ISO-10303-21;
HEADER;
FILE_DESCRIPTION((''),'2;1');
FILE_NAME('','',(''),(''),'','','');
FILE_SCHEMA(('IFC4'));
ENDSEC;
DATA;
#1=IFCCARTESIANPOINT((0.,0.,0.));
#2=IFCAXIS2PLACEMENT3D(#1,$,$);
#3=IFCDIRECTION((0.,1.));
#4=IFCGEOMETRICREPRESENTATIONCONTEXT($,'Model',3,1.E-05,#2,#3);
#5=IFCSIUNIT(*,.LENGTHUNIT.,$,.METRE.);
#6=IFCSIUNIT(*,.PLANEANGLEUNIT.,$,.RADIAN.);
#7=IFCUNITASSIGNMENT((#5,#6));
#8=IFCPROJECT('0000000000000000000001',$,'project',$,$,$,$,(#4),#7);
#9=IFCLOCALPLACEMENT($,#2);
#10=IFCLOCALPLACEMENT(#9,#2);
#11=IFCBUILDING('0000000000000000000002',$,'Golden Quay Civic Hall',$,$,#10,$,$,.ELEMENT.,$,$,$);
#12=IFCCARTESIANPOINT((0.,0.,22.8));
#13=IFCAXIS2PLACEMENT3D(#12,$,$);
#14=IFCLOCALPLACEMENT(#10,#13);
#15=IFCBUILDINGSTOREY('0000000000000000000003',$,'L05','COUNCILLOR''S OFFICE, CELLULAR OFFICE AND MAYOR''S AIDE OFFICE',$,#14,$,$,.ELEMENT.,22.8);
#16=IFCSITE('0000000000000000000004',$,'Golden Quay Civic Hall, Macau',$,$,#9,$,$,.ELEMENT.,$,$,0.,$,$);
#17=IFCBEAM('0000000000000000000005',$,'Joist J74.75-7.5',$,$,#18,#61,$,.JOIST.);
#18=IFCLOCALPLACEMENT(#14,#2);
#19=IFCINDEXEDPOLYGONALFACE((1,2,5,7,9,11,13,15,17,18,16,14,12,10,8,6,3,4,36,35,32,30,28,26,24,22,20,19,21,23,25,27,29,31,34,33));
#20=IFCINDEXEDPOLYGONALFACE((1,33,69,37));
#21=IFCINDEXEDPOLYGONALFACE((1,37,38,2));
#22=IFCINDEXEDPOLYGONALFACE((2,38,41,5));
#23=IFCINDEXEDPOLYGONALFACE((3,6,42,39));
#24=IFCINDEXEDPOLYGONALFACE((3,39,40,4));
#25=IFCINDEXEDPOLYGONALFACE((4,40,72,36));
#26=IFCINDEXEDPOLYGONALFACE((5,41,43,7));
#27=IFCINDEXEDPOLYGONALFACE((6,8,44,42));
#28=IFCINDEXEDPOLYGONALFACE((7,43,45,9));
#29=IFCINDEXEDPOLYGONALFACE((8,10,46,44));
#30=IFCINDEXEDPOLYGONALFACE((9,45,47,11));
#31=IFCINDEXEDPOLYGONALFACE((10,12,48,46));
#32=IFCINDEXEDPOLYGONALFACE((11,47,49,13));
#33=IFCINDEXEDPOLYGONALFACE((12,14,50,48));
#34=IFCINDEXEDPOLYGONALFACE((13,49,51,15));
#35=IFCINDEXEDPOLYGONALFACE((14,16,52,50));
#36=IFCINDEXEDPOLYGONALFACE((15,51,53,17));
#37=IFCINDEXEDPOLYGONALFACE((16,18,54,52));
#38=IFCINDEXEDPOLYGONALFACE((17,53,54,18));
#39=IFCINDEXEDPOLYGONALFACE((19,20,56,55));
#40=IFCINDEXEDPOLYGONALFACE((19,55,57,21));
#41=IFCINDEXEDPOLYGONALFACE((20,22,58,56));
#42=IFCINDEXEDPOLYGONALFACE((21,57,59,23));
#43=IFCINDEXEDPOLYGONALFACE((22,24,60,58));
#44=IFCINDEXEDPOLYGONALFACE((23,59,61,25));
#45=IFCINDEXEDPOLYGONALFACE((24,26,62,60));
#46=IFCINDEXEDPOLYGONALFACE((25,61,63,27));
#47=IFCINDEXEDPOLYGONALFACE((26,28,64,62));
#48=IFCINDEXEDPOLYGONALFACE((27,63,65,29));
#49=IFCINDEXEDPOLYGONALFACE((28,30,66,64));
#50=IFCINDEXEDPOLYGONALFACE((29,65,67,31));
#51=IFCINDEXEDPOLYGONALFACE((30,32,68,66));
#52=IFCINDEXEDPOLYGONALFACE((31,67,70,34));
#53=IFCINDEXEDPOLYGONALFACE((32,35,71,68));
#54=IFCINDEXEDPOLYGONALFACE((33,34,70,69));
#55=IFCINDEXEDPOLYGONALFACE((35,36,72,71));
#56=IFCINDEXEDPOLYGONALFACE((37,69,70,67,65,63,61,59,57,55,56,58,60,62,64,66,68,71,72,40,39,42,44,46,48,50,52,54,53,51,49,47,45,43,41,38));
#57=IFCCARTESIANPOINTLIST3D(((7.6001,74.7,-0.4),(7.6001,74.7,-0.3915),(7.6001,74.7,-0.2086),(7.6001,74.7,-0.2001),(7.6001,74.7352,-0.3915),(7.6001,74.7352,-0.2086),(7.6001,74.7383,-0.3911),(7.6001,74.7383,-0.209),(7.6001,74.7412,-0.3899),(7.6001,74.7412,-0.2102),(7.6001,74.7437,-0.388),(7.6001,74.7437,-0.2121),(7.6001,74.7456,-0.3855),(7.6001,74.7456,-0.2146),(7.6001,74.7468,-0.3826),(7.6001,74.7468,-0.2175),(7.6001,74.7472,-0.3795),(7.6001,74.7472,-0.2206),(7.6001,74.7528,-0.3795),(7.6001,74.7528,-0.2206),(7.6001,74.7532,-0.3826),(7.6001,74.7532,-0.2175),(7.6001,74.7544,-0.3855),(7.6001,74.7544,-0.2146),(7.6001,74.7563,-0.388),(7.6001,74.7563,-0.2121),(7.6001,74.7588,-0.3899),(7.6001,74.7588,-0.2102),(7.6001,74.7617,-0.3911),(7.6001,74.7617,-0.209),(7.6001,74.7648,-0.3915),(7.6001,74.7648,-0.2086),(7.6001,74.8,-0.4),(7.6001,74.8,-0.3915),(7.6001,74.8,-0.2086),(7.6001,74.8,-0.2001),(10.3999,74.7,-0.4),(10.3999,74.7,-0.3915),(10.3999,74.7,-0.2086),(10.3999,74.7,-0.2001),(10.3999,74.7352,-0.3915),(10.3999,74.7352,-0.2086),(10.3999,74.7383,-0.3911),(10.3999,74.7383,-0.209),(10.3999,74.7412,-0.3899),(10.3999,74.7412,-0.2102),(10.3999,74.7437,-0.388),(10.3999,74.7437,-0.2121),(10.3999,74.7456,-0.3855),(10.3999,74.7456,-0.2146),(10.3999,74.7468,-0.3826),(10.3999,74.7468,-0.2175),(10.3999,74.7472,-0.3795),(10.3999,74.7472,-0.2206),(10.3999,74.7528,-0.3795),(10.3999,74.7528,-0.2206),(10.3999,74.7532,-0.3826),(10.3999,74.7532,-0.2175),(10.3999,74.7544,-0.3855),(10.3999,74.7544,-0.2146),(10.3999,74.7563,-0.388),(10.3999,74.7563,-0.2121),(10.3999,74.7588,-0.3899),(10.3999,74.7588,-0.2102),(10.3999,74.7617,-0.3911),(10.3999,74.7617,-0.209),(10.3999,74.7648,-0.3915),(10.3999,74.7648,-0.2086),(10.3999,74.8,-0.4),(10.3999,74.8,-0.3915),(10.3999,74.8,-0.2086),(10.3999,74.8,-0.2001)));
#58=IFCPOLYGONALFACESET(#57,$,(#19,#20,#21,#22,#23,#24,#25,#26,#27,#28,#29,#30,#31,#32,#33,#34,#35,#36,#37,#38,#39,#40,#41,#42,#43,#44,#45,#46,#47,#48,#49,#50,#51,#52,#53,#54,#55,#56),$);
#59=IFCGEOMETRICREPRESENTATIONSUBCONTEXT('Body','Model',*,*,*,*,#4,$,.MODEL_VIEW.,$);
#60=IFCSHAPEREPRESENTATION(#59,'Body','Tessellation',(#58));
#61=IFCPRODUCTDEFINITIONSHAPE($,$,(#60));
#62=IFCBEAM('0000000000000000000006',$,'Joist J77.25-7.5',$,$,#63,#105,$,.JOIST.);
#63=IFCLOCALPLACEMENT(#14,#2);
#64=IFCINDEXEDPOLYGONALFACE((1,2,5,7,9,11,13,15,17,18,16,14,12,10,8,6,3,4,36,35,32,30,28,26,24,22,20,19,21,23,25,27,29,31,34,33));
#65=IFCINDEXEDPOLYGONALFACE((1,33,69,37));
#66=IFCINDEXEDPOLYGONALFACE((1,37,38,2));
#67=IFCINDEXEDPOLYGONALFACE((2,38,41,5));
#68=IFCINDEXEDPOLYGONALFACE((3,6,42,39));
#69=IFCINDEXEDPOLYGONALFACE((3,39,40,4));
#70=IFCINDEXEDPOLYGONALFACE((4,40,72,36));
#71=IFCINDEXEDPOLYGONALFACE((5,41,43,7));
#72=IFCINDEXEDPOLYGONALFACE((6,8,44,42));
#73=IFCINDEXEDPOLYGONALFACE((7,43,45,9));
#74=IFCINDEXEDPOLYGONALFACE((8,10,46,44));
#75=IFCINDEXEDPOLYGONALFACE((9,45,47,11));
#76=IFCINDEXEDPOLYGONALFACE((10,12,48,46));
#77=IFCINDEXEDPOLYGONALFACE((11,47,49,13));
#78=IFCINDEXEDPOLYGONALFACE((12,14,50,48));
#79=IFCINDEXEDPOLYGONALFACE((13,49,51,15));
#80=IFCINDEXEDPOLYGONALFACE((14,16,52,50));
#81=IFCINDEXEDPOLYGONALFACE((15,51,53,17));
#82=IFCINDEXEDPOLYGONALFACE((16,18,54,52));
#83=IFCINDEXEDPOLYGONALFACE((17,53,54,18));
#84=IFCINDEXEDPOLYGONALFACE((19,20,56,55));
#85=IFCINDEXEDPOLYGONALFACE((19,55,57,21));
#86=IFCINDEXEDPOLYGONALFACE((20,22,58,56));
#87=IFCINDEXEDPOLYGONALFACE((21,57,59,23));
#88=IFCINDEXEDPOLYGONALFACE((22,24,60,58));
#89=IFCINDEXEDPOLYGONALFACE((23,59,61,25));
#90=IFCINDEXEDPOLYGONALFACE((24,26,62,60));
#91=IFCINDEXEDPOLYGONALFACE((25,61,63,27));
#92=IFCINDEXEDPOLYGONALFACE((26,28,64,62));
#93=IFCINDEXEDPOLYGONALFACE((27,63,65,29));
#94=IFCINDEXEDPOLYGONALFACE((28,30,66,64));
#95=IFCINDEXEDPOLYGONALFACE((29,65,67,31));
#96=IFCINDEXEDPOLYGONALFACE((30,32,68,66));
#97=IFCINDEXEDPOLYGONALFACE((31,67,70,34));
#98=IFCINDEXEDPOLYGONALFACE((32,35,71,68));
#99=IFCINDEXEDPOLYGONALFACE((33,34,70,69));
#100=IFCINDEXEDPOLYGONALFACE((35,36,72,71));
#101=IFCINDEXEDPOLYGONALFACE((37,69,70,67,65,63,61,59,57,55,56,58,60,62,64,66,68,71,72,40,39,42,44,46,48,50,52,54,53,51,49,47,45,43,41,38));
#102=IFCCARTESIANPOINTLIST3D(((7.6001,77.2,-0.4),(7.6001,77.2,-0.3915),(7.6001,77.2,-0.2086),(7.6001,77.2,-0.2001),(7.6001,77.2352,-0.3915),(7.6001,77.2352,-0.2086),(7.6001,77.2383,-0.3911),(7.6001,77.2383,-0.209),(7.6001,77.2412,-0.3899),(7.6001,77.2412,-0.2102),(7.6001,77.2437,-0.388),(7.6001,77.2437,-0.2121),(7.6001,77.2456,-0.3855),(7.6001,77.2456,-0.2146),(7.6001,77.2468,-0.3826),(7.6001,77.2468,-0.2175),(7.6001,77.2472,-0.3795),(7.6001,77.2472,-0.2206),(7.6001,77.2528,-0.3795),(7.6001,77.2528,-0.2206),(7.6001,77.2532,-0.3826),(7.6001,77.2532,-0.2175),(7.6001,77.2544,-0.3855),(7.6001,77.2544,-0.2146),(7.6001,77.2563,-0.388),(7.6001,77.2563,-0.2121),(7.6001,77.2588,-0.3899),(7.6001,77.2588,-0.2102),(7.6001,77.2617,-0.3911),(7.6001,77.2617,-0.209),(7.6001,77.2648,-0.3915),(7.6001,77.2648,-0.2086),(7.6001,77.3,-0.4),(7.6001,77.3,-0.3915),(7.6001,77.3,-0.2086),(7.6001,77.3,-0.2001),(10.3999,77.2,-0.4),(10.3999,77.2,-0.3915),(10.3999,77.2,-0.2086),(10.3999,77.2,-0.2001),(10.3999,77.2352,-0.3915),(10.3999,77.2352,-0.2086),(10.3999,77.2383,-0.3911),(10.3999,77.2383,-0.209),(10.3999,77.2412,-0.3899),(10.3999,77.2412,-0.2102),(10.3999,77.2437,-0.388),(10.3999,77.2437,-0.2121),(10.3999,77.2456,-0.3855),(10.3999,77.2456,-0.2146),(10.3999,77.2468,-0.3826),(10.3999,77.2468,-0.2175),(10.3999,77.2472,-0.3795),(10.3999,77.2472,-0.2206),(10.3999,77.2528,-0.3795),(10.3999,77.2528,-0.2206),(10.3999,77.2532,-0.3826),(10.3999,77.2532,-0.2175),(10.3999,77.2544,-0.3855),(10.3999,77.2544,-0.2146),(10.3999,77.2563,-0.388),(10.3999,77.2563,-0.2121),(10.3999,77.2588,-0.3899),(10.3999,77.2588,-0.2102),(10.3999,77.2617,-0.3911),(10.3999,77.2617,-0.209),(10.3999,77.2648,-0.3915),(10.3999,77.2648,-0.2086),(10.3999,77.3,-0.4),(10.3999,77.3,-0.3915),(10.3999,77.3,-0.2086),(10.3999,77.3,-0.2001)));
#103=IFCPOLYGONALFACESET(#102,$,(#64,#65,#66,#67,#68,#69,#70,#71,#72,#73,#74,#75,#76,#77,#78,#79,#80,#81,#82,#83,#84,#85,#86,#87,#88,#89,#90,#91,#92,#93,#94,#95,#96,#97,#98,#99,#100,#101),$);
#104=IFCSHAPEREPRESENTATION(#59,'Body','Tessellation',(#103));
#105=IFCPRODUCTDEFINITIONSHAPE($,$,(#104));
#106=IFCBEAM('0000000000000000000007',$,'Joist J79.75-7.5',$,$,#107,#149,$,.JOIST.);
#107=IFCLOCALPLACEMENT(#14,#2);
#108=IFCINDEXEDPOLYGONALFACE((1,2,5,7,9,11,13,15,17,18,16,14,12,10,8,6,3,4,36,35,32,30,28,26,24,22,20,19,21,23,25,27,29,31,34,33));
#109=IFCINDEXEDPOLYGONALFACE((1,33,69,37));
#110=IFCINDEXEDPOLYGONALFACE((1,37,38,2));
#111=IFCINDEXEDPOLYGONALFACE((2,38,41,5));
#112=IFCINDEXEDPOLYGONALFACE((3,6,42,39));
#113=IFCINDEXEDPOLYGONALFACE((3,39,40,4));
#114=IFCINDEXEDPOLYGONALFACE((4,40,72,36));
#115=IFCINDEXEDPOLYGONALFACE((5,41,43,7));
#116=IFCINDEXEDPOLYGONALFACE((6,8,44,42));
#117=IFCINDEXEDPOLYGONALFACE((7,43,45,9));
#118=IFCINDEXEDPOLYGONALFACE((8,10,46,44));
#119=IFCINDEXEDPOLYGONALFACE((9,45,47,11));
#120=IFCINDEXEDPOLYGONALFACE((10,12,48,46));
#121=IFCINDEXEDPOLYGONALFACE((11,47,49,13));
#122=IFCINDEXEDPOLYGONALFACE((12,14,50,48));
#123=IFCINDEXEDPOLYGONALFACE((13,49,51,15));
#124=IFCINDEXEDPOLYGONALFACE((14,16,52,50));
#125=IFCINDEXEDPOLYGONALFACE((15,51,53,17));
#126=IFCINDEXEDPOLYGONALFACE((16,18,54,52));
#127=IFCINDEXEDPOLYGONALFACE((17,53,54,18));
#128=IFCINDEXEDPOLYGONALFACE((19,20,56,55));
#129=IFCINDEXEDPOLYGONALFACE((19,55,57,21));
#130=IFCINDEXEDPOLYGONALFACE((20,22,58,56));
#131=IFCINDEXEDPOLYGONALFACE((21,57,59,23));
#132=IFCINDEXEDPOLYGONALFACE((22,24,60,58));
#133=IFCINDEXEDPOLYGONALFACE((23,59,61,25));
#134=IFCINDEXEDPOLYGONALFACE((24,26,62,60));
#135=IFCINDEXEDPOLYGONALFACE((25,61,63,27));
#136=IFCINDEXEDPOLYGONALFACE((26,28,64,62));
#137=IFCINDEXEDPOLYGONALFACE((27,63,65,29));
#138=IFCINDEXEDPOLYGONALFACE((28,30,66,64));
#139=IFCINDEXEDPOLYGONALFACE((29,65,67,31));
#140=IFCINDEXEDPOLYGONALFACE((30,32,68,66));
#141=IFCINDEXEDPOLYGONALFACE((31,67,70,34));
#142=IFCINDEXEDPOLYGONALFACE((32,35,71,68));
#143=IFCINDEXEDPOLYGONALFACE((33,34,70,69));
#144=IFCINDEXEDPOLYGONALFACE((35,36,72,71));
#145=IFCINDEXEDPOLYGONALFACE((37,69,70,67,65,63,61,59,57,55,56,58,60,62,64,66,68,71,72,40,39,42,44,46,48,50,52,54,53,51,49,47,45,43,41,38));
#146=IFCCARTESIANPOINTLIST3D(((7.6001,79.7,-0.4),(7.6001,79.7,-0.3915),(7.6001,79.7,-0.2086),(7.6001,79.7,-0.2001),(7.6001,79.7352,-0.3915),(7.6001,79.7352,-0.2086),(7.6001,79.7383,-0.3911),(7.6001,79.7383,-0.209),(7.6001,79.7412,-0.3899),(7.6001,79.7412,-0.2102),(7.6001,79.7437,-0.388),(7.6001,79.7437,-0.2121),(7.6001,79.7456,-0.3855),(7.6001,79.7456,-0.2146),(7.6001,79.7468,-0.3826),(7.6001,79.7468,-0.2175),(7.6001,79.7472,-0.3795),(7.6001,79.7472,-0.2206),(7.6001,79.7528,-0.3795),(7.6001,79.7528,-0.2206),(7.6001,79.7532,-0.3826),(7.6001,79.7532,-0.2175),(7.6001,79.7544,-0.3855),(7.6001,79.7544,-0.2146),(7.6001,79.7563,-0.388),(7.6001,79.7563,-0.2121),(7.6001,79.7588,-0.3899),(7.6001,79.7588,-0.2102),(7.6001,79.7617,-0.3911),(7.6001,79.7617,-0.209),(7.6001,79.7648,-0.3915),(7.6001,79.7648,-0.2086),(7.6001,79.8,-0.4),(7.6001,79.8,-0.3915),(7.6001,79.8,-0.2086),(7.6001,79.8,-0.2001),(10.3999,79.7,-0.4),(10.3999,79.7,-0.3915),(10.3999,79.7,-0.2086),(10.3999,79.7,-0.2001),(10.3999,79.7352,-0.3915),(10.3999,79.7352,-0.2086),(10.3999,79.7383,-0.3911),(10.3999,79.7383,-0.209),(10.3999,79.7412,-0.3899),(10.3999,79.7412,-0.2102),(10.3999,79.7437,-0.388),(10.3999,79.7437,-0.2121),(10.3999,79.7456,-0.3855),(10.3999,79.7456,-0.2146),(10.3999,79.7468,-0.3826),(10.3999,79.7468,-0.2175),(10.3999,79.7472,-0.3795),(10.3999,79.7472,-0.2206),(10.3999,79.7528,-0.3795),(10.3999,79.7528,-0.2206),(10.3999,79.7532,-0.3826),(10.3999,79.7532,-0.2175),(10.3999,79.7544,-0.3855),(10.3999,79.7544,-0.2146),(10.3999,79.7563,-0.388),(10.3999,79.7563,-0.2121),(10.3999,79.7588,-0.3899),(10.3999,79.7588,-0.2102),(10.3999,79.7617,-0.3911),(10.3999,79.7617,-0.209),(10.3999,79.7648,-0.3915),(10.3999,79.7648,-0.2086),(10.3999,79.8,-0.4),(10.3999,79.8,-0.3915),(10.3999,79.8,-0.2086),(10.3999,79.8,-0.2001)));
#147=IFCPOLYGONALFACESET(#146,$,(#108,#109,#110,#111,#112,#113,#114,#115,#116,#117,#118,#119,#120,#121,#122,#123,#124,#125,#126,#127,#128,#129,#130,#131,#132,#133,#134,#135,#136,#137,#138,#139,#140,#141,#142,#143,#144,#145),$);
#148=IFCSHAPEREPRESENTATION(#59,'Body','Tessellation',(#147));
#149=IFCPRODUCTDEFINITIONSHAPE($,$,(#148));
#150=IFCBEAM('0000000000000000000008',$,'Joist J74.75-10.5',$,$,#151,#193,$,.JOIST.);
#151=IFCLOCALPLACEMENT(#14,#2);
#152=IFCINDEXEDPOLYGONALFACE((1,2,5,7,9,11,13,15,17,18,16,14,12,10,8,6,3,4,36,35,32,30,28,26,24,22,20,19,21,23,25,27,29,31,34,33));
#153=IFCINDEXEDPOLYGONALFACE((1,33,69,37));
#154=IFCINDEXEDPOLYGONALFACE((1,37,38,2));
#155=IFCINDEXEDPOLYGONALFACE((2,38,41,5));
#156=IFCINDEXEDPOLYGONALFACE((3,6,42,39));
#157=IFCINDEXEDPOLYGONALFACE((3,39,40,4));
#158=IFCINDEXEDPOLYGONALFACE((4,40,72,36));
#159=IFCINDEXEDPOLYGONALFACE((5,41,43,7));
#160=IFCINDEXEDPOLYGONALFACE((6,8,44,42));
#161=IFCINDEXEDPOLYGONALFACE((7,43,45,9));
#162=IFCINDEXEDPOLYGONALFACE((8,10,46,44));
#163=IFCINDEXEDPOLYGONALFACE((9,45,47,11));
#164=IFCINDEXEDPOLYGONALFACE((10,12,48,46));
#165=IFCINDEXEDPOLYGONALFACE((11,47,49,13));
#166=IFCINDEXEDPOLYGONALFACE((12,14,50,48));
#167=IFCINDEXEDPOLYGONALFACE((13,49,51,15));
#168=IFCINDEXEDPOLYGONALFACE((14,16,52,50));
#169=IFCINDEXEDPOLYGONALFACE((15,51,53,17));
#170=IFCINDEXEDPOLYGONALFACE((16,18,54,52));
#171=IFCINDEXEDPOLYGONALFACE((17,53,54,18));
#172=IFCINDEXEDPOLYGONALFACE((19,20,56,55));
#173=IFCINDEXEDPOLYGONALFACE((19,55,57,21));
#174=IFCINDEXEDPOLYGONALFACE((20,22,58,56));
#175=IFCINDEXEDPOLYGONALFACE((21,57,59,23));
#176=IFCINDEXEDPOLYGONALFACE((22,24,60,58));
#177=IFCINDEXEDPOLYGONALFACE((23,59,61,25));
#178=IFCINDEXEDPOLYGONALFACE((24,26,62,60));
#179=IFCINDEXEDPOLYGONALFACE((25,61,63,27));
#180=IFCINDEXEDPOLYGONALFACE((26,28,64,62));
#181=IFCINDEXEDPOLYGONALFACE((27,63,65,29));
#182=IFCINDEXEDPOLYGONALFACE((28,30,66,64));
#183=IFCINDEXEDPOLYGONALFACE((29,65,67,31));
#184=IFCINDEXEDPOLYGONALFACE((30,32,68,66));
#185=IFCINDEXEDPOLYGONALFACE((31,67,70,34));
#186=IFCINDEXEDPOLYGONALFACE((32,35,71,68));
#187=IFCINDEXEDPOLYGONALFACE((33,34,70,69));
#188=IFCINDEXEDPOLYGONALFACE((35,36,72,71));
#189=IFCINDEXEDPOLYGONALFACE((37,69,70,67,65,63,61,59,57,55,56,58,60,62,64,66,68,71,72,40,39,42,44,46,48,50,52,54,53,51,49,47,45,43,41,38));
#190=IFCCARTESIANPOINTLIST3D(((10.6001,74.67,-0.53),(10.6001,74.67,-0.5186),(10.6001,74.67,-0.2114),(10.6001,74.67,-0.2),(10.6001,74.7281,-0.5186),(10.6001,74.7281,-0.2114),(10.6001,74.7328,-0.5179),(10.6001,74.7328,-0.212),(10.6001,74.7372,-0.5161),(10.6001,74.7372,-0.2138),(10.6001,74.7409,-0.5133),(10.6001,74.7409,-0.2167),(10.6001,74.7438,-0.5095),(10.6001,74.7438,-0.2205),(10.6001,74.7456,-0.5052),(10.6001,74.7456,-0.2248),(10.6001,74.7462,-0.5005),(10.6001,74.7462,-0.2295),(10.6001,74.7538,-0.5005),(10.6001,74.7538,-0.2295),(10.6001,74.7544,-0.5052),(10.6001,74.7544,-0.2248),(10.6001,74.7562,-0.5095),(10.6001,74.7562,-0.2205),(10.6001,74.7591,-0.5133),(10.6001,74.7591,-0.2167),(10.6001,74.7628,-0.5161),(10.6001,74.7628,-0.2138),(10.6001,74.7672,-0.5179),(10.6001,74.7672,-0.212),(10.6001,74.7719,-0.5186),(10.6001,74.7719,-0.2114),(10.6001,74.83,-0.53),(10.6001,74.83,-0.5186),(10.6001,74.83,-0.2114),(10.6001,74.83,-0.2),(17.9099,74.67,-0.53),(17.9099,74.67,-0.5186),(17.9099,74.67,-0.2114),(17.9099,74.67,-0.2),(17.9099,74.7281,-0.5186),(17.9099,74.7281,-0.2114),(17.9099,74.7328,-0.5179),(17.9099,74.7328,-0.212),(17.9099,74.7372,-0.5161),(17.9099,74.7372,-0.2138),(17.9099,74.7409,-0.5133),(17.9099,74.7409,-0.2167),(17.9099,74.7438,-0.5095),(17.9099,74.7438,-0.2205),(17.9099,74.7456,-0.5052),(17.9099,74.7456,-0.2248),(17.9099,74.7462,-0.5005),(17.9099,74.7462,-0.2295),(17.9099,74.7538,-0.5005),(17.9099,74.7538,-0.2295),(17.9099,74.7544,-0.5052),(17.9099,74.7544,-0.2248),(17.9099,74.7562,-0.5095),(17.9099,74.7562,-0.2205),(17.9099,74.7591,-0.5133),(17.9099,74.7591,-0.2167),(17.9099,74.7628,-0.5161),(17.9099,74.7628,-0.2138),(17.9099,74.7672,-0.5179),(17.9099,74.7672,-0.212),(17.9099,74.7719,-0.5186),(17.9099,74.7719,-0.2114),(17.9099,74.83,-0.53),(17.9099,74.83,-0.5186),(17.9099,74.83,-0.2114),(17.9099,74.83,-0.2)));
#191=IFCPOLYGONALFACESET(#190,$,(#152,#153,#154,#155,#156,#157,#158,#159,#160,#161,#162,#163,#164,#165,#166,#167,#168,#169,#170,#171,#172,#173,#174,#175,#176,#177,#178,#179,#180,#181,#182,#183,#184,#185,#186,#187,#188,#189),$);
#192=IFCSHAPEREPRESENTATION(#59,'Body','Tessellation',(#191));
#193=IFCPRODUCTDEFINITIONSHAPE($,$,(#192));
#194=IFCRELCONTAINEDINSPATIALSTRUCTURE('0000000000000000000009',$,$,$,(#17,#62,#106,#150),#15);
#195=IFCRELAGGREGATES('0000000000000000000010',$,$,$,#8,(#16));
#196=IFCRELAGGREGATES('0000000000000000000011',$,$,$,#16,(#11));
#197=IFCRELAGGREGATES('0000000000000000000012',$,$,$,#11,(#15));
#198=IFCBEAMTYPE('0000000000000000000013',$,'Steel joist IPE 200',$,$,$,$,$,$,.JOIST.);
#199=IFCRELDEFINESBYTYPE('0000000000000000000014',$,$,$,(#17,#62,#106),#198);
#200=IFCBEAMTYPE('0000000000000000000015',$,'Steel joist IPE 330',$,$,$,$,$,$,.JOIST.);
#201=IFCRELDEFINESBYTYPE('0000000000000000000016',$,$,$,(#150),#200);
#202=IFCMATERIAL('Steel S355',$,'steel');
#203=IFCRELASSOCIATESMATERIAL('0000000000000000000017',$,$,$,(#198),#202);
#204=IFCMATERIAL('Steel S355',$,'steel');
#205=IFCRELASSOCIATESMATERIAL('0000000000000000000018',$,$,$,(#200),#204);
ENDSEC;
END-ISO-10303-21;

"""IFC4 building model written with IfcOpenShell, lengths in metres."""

from ifc_helpers import new_model, si_unit, direction, frame, origin, origin_2d, place, context, subcontext, project, spatial, i_section, extrude, material, material_profile, profile_set, type_object, element, save


model = new_model("IFC4")

# Units and contexts
model_context = context("Model", 3, precision=1e-05, world=origin(), true_north=direction((0.0, 1.0)))
body_context = subcontext(model_context, "Body", "Model", "MODEL_VIEW")
ifc_project = project(units=[si_unit("LENGTHUNIT", "METRE"), si_unit("PLANEANGLEUNIT", "RADIAN")], contexts=[model_context])

# Site, building, storey
site_placement = place(None, origin())
site = spatial("IfcSite", under=ifc_project, at=site_placement, Name="Golden Quay Civic Hall, Macau", CompositionType="ELEMENT", RefElevation=0.0)
building_placement = place(site_placement, origin())
building = spatial("IfcBuilding", under=site, at=building_placement, Name="Golden Quay Civic Hall", CompositionType="ELEMENT")
storey_placement = place(building_placement, frame((0.0, 0.0, 22.8)))
storey = spatial("IfcBuildingStorey", under=building, at=storey_placement, Name="L05", Description="COUNCILLOR'S OFFICE, CELLULAR OFFICE AND MAYOR'S AIDE OFFICE", CompositionType="ELEMENT", Elevation=22.8)

# Beams
ifc_material_1 = material(Name="Steel S355", Category="steel")
ifc_material_profile_1 = material_profile(ifc_material_1, i_section(OverallWidth=0.1001, OverallDepth=0.2, WebThickness=0.0056, FlangeThickness=0.0085, FilletRadius=0.012, at=origin_2d()), Name="IPE 200")
ifc_profile_set_1 = profile_set([ifc_material_profile_1], Name="Steel S355")
beam_type_1 = type_object("IfcBeamType", Name="Steel joist IPE 200", PredefinedType="JOIST", material=ifc_profile_set_1)
for number, where, z_axis, x_axis, name in (
    (1, (7.6001, 74.75, -0.3), (1.0, 0.0, 0.0), (0.0, 1.0, 0.0), "Joist J74.75-7.5"),
    (2, (7.6001, 77.25, -0.3), (1.0, 0.0, 0.0), (0.0, 1.0, 0.0), "Joist J77.25-7.5"),
    (3, (7.6001, 79.75, -0.3), (1.0, 0.0, 0.0), (0.0, 1.0, 0.0), "Joist J79.75-7.5"),
):
    element("IfcBeam", number, at=place(storey_placement, frame(where, z_axis=z_axis, x_axis=x_axis)), inside=storey, type_object=beam_type_1, Name=name, PredefinedType="JOIST", context=body_context, shape_type="SweptSolid", body=[
        extrude(i_section(OverallWidth=0.1001, OverallDepth=0.2, WebThickness=0.0056, FlangeThickness=0.0085, FilletRadius=0.012, at=origin_2d()), origin(), (0.0, 0.0, 1.0), 2.7998),
    ])
ifc_material_2 = material(Name="Steel S355", Category="steel")
ifc_material_profile_2 = material_profile(ifc_material_2, i_section(OverallWidth=0.1599, OverallDepth=0.3301, WebThickness=0.0076, FlangeThickness=0.0115, FilletRadius=0.0181, at=origin_2d()), Name="IPE 330")
ifc_profile_set_2 = profile_set([ifc_material_profile_2], Name="Steel S355")
beam_type_2 = type_object("IfcBeamType", Name="Steel joist IPE 330", PredefinedType="JOIST", material=ifc_profile_set_2)
for number, where, z_axis, x_axis, name in (
    (4, (10.6001, 74.75, -0.365), (1.0, 0.0, 0.0), (0.0, 1.0, 0.0), "Joist J74.75-10.5"),
):
    element("IfcBeam", number, at=place(storey_placement, frame(where, z_axis=z_axis, x_axis=x_axis)), inside=storey, type_object=beam_type_2, Name=name, PredefinedType="JOIST", context=body_context, shape_type="SweptSolid", body=[
        extrude(i_section(OverallWidth=0.1599, OverallDepth=0.3301, WebThickness=0.0076, FlangeThickness=0.0115, FilletRadius=0.0181, at=origin_2d()), origin(), (0.0, 0.0, 1.0), 7.3098),
    ])

save(model, "model.ifc")
